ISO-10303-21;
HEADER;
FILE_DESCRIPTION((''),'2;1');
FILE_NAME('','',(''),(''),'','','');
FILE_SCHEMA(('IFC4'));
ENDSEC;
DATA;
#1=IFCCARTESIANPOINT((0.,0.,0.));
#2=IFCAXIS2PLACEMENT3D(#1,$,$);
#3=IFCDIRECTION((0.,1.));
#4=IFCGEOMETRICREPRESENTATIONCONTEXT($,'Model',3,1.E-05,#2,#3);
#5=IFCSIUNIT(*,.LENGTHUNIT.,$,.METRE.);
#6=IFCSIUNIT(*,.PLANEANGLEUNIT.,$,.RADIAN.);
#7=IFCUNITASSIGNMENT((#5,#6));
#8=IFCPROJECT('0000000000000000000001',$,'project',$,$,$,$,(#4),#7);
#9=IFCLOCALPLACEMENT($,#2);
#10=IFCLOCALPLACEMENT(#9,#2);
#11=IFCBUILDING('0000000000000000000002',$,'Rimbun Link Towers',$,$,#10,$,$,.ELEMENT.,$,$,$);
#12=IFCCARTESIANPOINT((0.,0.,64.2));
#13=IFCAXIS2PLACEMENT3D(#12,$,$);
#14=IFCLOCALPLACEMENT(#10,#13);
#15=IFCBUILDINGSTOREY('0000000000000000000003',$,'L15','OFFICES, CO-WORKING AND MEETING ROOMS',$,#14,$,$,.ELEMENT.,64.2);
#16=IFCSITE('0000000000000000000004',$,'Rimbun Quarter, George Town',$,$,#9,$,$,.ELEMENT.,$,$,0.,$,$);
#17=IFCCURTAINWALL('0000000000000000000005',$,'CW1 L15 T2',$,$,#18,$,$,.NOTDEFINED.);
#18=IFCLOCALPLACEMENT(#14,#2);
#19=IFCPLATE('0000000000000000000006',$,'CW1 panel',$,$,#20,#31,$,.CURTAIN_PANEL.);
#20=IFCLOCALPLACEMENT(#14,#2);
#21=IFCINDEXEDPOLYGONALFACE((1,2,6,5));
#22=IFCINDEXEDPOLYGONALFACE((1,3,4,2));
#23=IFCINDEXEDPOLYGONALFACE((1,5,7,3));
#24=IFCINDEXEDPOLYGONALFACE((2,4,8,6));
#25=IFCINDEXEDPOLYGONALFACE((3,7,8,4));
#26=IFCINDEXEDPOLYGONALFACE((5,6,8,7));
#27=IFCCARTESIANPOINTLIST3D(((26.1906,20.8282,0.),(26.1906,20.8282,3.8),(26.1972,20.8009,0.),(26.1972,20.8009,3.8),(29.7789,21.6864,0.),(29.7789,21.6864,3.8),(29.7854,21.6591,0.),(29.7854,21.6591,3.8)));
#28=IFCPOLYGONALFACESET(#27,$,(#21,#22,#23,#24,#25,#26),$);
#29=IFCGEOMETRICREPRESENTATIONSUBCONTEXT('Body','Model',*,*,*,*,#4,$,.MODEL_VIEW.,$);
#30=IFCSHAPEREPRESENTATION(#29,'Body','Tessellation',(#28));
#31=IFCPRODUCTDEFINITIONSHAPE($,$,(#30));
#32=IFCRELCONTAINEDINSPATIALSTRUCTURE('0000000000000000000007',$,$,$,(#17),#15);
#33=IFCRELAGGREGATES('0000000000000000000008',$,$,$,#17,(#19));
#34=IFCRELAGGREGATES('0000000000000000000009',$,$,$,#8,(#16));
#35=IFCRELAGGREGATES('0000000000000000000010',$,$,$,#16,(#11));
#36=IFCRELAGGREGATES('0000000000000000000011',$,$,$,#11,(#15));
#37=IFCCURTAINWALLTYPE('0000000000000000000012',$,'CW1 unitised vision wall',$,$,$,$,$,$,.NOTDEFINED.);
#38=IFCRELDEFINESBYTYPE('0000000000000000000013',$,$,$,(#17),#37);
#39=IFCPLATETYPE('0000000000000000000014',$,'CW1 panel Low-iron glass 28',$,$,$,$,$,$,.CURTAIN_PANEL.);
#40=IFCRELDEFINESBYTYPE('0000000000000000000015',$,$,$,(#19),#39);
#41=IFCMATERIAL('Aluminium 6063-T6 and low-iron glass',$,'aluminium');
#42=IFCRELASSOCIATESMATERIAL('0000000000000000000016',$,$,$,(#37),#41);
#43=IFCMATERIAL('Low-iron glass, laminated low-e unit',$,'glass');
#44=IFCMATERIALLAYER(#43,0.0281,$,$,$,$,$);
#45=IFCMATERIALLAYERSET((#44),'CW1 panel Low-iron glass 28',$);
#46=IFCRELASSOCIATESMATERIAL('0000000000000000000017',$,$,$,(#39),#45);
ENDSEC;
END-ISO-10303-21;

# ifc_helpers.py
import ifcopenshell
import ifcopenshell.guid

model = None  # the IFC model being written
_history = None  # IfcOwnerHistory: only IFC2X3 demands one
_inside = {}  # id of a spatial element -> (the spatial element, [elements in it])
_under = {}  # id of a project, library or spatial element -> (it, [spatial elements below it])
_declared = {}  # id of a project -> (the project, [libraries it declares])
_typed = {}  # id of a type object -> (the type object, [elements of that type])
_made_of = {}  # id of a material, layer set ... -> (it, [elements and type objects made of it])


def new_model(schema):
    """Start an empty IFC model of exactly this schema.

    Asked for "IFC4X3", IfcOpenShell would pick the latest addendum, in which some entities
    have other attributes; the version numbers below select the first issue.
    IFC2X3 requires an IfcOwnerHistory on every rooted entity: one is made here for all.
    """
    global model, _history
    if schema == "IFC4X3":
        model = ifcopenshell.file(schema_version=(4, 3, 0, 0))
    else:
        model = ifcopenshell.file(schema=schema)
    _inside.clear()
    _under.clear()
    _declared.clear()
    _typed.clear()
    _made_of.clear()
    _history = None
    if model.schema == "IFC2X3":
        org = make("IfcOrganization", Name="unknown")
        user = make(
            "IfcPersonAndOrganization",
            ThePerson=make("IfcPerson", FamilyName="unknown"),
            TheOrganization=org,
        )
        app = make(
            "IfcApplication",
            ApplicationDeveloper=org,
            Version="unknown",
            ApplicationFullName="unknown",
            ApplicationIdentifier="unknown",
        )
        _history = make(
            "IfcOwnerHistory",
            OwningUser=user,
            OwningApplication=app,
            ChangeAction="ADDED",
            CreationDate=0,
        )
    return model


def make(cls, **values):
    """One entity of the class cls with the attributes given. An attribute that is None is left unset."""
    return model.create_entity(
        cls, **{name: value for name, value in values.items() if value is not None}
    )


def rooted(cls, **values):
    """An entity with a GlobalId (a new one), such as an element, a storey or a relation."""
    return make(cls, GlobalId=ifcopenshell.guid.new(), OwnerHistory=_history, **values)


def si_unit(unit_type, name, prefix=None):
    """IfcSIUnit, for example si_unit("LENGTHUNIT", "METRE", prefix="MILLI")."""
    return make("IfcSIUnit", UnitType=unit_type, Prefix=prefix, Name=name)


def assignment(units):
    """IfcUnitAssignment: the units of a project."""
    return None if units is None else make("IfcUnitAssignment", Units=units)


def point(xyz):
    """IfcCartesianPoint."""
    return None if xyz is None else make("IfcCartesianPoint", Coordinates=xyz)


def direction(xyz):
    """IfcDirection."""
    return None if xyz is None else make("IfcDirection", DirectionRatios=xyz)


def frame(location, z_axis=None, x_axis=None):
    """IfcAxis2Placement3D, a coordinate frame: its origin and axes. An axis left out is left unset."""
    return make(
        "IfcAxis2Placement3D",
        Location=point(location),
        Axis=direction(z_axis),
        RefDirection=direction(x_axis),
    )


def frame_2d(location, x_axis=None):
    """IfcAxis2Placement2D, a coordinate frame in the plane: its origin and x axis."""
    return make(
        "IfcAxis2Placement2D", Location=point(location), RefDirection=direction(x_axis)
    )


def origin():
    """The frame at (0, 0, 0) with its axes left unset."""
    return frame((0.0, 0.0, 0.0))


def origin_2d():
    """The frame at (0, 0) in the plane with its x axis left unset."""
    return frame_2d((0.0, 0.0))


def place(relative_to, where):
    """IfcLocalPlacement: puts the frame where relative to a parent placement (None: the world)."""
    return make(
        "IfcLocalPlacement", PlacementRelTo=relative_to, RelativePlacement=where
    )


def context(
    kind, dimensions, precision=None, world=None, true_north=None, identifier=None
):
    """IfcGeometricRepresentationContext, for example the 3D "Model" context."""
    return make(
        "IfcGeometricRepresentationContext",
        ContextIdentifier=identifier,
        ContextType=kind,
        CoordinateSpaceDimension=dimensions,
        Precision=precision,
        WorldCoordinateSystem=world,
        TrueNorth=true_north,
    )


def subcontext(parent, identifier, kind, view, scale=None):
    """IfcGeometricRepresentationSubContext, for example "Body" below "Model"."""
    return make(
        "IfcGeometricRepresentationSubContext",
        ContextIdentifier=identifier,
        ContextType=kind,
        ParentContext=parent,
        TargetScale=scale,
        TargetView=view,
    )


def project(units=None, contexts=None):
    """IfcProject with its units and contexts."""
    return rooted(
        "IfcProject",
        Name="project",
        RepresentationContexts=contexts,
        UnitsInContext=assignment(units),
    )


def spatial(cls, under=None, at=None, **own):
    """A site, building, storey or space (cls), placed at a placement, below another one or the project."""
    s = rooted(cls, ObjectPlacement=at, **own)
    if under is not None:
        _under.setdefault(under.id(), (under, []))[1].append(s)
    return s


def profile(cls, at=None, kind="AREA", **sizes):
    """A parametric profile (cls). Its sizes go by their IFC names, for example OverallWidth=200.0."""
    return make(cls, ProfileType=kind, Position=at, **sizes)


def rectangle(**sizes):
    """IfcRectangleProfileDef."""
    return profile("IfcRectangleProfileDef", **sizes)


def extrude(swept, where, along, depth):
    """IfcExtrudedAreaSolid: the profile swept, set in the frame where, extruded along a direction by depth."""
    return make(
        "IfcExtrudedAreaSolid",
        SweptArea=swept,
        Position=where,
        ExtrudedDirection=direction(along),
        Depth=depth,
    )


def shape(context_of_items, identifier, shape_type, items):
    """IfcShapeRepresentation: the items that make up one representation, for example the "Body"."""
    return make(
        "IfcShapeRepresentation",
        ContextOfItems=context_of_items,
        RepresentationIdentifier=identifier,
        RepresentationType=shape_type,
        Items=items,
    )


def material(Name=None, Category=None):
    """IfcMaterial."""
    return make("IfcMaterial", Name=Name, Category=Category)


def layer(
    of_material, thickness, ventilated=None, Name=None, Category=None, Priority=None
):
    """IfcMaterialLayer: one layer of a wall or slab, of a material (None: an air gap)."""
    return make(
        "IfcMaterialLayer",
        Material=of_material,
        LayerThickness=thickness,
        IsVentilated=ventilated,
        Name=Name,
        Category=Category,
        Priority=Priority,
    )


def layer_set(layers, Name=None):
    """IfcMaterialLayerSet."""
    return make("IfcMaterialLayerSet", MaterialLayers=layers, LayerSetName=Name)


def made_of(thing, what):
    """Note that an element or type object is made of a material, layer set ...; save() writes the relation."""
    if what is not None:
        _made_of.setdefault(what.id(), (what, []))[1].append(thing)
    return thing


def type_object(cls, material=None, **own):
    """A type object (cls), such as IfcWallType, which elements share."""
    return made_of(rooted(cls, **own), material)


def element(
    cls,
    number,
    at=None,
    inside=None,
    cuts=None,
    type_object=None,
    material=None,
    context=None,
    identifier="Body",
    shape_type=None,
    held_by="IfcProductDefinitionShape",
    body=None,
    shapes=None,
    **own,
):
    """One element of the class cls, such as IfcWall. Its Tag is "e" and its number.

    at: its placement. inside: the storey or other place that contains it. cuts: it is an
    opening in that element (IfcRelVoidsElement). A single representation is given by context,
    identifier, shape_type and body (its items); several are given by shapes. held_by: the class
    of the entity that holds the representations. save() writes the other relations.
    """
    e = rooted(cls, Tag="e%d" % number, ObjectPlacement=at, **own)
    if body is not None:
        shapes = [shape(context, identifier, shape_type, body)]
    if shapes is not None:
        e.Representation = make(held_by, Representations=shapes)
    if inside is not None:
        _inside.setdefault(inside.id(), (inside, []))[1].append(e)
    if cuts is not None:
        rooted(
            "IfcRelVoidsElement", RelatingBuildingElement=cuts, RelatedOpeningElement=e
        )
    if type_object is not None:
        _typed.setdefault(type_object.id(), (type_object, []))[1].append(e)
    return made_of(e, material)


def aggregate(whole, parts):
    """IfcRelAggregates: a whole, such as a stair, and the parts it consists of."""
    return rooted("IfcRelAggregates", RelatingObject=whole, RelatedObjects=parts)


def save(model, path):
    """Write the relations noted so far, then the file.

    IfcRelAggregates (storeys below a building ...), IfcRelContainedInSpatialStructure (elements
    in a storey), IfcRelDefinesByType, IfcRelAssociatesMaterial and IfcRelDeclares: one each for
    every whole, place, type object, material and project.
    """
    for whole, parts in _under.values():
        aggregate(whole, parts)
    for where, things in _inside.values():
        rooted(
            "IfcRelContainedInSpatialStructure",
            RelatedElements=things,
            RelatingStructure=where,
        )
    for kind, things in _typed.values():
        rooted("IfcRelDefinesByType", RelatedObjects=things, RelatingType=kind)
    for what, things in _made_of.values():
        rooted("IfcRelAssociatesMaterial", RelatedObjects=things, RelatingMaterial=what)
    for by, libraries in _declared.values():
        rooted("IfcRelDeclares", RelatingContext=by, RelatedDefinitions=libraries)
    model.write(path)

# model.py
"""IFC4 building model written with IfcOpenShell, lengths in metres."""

from ifc_helpers import new_model, si_unit, direction, frame, origin, origin_2d, place, context, subcontext, project, spatial, rectangle, extrude, material, layer, layer_set, type_object, element, aggregate, save


model = new_model("IFC4")

# Units and contexts
model_context = context("Model", 3, precision=1e-05, world=origin(), true_north=direction((0.0, 1.0)))
body_context = subcontext(model_context, "Body", "Model", "MODEL_VIEW")
ifc_project = project(units=[si_unit("LENGTHUNIT", "METRE"), si_unit("PLANEANGLEUNIT", "RADIAN")], contexts=[model_context])

# Site, building, storey
site_placement = place(None, origin())
site = spatial("IfcSite", under=ifc_project, at=site_placement, Name="Rimbun Quarter, George Town", CompositionType="ELEMENT", RefElevation=0.0)
building_placement = place(site_placement, origin())
building = spatial("IfcBuilding", under=site, at=building_placement, Name="Rimbun Link Towers", CompositionType="ELEMENT")
storey_placement = place(building_placement, frame((0.0, 0.0, 64.2)))
storey = spatial("IfcBuildingStorey", under=building, at=storey_placement, Name="L15", Description="OFFICES, CO-WORKING AND MEETING ROOMS", CompositionType="ELEMENT", Elevation=64.2)

# Curtain wall
ifc_material_1 = material(Name="Aluminium 6063-T6 and low-iron glass", Category="aluminium")
curtain_wall_type = type_object("IfcCurtainWallType", Name="CW1 unitised vision wall", PredefinedType="NOTDEFINED", material=ifc_material_1)
curtain_wall_placement = place(storey_placement, origin())
curtain_wall = element("IfcCurtainWall", 1, at=curtain_wall_placement, inside=storey, type_object=curtain_wall_type, Name="CW1 L15 T2", PredefinedType="NOTDEFINED")

# Plate
ifc_material_2 = material(Name="Low-iron glass, laminated low-e unit", Category="glass")
ifc_layer = layer(ifc_material_2, 0.0281)
ifc_layer_set = layer_set([ifc_layer], Name="CW1 panel Low-iron glass 28")
plate_type = type_object("IfcPlateType", Name="CW1 panel Low-iron glass 28", PredefinedType="CURTAIN_PANEL", material=ifc_layer_set)
plate_1_placement = place(storey_placement, frame((27.988, 21.2437, 0.0), z_axis=(0.0, 0.0, 1.0), x_axis=(0.972572, 0.232601, 0.0)))
plate_1 = element("IfcPlate", 2, at=plate_1_placement, type_object=plate_type, Name="CW1 panel", PredefinedType="CURTAIN_PANEL", context=body_context, shape_type="SweptSolid", body=[
    extrude(rectangle(XDim=3.6895, YDim=0.0281, at=origin_2d()), origin(), (0.0, 0.0, 1.0), 3.8),
])
aggregate(curtain_wall, [plate_1])

save(model, "model.ifc")
